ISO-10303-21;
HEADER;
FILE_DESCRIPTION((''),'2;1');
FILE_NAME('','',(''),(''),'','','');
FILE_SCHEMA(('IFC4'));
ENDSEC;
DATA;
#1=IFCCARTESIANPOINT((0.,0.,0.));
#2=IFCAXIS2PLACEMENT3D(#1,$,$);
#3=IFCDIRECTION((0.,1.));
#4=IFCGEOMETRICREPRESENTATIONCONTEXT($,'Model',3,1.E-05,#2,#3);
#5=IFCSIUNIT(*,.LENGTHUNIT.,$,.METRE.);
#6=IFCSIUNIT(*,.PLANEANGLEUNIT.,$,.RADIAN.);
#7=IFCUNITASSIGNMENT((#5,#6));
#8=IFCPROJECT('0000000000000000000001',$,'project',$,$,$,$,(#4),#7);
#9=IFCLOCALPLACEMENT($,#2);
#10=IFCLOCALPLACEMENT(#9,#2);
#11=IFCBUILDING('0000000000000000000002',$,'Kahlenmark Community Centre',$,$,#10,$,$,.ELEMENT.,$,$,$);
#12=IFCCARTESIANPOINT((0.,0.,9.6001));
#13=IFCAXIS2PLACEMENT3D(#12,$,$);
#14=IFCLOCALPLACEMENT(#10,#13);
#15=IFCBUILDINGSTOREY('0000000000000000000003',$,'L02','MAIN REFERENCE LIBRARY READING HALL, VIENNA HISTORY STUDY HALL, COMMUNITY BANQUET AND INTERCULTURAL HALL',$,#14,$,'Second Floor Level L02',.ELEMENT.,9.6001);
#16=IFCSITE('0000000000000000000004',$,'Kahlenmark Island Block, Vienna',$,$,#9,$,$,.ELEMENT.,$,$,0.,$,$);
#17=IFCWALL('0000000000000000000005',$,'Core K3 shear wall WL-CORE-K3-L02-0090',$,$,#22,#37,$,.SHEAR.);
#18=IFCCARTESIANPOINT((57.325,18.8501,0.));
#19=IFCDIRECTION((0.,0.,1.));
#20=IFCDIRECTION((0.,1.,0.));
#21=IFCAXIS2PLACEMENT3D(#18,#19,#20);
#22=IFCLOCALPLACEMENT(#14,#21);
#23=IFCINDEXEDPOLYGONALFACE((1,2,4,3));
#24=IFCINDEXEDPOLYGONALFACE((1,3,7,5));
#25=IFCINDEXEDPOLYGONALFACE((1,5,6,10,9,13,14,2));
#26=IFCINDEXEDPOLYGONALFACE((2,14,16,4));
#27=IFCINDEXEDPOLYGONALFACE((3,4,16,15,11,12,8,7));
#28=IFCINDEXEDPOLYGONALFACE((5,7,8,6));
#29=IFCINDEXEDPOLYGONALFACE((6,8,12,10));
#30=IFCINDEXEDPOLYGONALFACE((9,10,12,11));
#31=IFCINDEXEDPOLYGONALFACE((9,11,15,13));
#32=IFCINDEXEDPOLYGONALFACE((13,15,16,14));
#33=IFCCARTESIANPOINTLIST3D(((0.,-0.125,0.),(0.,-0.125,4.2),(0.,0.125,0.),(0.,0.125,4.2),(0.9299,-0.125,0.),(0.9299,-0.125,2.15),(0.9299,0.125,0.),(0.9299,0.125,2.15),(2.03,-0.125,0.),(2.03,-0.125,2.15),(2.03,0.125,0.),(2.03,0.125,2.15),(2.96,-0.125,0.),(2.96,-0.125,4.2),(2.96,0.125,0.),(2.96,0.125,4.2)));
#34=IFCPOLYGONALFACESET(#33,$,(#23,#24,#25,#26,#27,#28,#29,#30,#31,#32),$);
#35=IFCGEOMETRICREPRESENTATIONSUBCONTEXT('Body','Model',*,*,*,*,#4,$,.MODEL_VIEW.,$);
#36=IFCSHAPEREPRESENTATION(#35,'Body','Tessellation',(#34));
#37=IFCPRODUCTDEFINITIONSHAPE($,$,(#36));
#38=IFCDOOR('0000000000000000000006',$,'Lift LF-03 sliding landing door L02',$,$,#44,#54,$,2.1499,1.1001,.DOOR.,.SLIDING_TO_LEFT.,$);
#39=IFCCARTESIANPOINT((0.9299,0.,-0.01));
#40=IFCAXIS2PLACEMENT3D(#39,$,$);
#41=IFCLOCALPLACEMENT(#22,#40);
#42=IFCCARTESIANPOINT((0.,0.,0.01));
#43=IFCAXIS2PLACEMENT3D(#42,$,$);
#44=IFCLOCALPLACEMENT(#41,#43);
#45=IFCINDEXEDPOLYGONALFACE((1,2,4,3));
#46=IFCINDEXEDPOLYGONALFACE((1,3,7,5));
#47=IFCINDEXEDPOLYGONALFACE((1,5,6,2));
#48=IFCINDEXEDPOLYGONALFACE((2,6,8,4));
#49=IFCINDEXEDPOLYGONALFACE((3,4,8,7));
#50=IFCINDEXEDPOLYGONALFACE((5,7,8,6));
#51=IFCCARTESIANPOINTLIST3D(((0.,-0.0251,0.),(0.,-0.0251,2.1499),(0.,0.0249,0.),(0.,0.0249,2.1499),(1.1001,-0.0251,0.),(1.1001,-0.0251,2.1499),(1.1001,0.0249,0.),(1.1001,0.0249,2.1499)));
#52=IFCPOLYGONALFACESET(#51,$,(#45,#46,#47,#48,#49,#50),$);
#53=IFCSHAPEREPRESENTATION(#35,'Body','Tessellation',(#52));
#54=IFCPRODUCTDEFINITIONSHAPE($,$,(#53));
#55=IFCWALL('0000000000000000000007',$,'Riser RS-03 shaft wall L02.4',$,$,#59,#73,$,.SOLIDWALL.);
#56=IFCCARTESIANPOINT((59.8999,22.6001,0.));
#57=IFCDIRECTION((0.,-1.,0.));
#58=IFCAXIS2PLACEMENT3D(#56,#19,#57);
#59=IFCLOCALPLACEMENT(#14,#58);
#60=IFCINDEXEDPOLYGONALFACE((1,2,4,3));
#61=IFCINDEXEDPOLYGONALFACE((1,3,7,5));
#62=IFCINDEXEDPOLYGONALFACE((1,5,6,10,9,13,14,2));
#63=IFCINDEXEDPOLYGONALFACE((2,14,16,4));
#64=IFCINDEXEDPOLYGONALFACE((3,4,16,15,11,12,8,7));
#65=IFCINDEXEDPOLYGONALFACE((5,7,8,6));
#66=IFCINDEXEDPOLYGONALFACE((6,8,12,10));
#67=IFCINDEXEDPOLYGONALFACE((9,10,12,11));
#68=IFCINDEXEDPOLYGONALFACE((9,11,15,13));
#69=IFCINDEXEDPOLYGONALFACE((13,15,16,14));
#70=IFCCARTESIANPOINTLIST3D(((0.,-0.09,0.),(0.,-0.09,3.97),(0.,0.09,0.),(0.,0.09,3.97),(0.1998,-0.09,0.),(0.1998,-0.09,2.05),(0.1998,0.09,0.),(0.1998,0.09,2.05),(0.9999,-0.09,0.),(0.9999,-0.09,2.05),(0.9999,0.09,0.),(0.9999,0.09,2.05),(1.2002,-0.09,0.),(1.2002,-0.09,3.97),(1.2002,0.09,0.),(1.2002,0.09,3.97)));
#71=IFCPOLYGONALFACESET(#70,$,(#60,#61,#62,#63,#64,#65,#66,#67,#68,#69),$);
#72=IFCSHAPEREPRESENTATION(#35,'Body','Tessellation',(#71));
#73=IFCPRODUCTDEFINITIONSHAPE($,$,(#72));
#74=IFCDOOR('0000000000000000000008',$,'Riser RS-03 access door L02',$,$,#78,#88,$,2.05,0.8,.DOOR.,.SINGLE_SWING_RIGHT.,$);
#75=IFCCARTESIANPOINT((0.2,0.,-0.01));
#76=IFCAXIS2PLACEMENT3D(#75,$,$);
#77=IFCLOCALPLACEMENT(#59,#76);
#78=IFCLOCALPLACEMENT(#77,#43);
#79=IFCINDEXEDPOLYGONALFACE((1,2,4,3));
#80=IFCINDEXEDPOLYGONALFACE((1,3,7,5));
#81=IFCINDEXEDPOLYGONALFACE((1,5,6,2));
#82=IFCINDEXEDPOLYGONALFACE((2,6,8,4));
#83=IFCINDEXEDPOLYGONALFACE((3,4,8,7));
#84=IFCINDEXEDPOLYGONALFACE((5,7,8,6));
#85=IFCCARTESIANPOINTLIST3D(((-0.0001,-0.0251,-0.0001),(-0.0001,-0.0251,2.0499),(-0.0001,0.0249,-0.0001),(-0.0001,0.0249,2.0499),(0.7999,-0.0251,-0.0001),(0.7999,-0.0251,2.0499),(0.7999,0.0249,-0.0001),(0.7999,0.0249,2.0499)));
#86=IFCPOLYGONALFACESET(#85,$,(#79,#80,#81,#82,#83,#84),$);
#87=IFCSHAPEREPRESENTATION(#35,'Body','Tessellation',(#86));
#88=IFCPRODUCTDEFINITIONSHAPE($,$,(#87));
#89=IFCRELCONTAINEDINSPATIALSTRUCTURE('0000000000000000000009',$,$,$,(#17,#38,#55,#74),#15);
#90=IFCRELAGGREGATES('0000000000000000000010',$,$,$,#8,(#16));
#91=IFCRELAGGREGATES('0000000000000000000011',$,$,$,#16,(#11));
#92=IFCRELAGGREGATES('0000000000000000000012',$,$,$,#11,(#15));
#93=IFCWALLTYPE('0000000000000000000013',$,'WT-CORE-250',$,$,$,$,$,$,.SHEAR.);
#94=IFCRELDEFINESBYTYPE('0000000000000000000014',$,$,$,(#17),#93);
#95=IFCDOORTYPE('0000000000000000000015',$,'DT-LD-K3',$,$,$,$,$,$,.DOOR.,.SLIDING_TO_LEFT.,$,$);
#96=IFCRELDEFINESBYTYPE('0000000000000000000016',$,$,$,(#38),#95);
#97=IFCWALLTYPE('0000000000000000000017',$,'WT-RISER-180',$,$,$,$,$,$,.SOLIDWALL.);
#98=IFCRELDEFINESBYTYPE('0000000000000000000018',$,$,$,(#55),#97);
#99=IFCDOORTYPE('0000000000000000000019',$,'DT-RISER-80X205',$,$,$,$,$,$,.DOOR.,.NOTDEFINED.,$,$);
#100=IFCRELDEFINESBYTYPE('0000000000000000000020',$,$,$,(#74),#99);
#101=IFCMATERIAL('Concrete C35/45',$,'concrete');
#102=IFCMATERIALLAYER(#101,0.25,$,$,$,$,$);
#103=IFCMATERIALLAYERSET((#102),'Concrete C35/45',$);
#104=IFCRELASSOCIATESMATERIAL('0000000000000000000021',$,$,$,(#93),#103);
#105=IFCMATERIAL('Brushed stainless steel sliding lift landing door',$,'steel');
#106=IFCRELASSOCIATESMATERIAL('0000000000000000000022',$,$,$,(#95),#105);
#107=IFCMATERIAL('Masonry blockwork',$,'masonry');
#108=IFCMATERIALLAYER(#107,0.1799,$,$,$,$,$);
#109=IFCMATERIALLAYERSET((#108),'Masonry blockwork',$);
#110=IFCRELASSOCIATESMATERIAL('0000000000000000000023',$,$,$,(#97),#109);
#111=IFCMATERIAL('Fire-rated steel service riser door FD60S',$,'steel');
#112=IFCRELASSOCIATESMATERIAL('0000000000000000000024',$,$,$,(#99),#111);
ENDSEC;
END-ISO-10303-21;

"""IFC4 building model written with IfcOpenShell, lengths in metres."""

from ifc_helpers import new_model, si_unit, direction, frame, frame_2d, origin, place, context, subcontext, project, spatial, rectangle, extrude, material, layer, layer_set, type_object, element, fill, save


model = new_model("IFC4")

# Units and contexts
model_context = context("Model", 3, precision=1e-05, world=origin(), true_north=direction((0.0, 1.0)))
body_context = subcontext(model_context, "Body", "Model", "MODEL_VIEW")
ifc_project = project(units=[si_unit("LENGTHUNIT", "METRE"), si_unit("PLANEANGLEUNIT", "RADIAN")], contexts=[model_context])

# Site, building, storey
site_placement = place(None, origin())
site = spatial("IfcSite", under=ifc_project, at=site_placement, Name="Kahlenmark Island Block, Vienna", CompositionType="ELEMENT", RefElevation=0.0)
building_placement = place(site_placement, origin())
building = spatial("IfcBuilding", under=site, at=building_placement, Name="Kahlenmark Community Centre", CompositionType="ELEMENT")
storey_placement = place(building_placement, frame((0.0, 0.0, 9.6001)))
storey = spatial("IfcBuildingStorey", under=building, at=storey_placement, Name="L02", Description="MAIN REFERENCE LIBRARY READING HALL, VIENNA HISTORY STUDY HALL, COMMUNITY BANQUET AND INTERCULTURAL HALL", LongName="Second Floor Level L02", CompositionType="ELEMENT", Elevation=9.6001)

# Shared definitions
ifc_material_1 = material(Name="Concrete C35/45", Category="concrete")
ifc_layer_1 = layer(ifc_material_1, 0.25)
ifc_layer_set_1 = layer_set([ifc_layer_1], Name="Concrete C35/45")
wall_type_1 = type_object("IfcWallType", Name="WT-CORE-250", PredefinedType="SHEAR", material=ifc_layer_set_1)

# Wall, opening, door
wall_1_placement = place(storey_placement, frame((57.325, 18.8501, 0.0), z_axis=(0.0, 0.0, 1.0), x_axis=(0.0, 1.0, 0.0)))
wall_1 = element("IfcWall", 1, at=wall_1_placement, inside=storey, type_object=wall_type_1, Name="Core K3 shear wall WL-CORE-K3-L02-0090", PredefinedType="SHEAR", context=body_context, shape_type="SweptSolid", body=[
    extrude(rectangle(XDim=2.96, YDim=0.25, at=frame_2d((1.48, 0.0))), origin(), (0.0, 0.0, 1.0), 4.2),
])
opening_1_placement = place(wall_1_placement, frame((0.9299, 0.0, -0.01)))
opening_1 = element("IfcOpeningElement", 2, at=opening_1_placement, cuts=wall_1, PredefinedType="OPENING", context=body_context, shape_type="SweptSolid", body=[
    extrude(rectangle(XDim=1.1001, YDim=2.1599, at=frame_2d((0.55, 1.0801))), frame((0.0, 0.135, 0.0), z_axis=(0.0, -1.0, 0.0), x_axis=(1.0, 0.0, 0.0)), (0.0, 0.0, 1.0), 0.27),
])
ifc_material_2 = material(Name="Brushed stainless steel sliding lift landing door", Category="steel")
door_type_1 = type_object("IfcDoorType", Name="DT-LD-K3", OperationType="SLIDING_TO_LEFT", PredefinedType="DOOR", material=ifc_material_2)
door_1_placement = place(opening_1_placement, frame((0.0, 0.0, 0.01)))
door_1 = element("IfcDoor", 3, at=door_1_placement, inside=storey, type_object=door_type_1, Name="Lift LF-03 sliding landing door L02", OperationType="SLIDING_TO_LEFT", OverallHeight=2.1499, OverallWidth=1.1001, PredefinedType="DOOR", context=body_context, shape_type="SweptSolid", body=[
    extrude(rectangle(XDim=1.1001, YDim=2.1499, at=frame_2d((0.55, 1.075))), frame((0.0, 0.0249, 0.0), z_axis=(0.0, -1.0, 0.0), x_axis=(1.0, 0.0, 0.0)), (0.0, 0.0, 1.0), 0.05),
])
fill(opening_1, door_1)

# Shared definitions
ifc_material_3 = material(Name="Masonry blockwork", Category="masonry")
ifc_layer_2 = layer(ifc_material_3, 0.1799)
ifc_layer_set_2 = layer_set([ifc_layer_2], Name="Masonry blockwork")
wall_type_2 = type_object("IfcWallType", Name="WT-RISER-180", PredefinedType="SOLIDWALL", material=ifc_layer_set_2)

# Wall, opening, door
wall_2_placement = place(storey_placement, frame((59.8999, 22.6001, 0.0), z_axis=(0.0, 0.0, 1.0), x_axis=(0.0, -1.0, 0.0)))
wall_2 = element("IfcWall", 4, at=wall_2_placement, inside=storey, type_object=wall_type_2, Name="Riser RS-03 shaft wall L02.4", PredefinedType="SOLIDWALL", context=body_context, shape_type="SweptSolid", body=[
    extrude(rectangle(XDim=1.2002, YDim=0.1799, at=frame_2d((0.6001, 0.0))), origin(), (0.0, 0.0, 1.0), 3.97),
])
opening_2_placement = place(wall_2_placement, frame((0.2, 0.0, -0.01)))
opening_2 = element("IfcOpeningElement", 5, at=opening_2_placement, cuts=wall_2, PredefinedType="OPENING", context=body_context, shape_type="SweptSolid", body=[
    extrude(rectangle(XDim=0.8, YDim=2.0601, at=frame_2d((0.3999, 1.03))), frame((0.0, 0.0999, 0.0), z_axis=(0.0, -1.0, 0.0), x_axis=(1.0, 0.0, 0.0)), (0.0, 0.0, 1.0), 0.2),
])
ifc_material_4 = material(Name="Fire-rated steel service riser door FD60S", Category="steel")
door_type_2 = type_object("IfcDoorType", Name="DT-RISER-80X205", OperationType="NOTDEFINED", PredefinedType="DOOR", material=ifc_material_4)
door_2_placement = place(opening_2_placement, frame((0.0, 0.0, 0.01)))
door_2 = element("IfcDoor", 6, at=door_2_placement, inside=storey, type_object=door_type_2, Name="Riser RS-03 access door L02", OperationType="SINGLE_SWING_RIGHT", OverallHeight=2.05, OverallWidth=0.8, PredefinedType="DOOR", context=body_context, shape_type="SweptSolid", body=[
    extrude(rectangle(XDim=0.8, YDim=2.05, at=frame_2d((0.3999, 1.0249))), frame((0.0, 0.0249, 0.0), z_axis=(0.0, -1.0, 0.0), x_axis=(1.0, 0.0, 0.0)), (0.0, 0.0, 1.0), 0.05),
])
fill(opening_2, door_2)

save(model, "model.ifc")
